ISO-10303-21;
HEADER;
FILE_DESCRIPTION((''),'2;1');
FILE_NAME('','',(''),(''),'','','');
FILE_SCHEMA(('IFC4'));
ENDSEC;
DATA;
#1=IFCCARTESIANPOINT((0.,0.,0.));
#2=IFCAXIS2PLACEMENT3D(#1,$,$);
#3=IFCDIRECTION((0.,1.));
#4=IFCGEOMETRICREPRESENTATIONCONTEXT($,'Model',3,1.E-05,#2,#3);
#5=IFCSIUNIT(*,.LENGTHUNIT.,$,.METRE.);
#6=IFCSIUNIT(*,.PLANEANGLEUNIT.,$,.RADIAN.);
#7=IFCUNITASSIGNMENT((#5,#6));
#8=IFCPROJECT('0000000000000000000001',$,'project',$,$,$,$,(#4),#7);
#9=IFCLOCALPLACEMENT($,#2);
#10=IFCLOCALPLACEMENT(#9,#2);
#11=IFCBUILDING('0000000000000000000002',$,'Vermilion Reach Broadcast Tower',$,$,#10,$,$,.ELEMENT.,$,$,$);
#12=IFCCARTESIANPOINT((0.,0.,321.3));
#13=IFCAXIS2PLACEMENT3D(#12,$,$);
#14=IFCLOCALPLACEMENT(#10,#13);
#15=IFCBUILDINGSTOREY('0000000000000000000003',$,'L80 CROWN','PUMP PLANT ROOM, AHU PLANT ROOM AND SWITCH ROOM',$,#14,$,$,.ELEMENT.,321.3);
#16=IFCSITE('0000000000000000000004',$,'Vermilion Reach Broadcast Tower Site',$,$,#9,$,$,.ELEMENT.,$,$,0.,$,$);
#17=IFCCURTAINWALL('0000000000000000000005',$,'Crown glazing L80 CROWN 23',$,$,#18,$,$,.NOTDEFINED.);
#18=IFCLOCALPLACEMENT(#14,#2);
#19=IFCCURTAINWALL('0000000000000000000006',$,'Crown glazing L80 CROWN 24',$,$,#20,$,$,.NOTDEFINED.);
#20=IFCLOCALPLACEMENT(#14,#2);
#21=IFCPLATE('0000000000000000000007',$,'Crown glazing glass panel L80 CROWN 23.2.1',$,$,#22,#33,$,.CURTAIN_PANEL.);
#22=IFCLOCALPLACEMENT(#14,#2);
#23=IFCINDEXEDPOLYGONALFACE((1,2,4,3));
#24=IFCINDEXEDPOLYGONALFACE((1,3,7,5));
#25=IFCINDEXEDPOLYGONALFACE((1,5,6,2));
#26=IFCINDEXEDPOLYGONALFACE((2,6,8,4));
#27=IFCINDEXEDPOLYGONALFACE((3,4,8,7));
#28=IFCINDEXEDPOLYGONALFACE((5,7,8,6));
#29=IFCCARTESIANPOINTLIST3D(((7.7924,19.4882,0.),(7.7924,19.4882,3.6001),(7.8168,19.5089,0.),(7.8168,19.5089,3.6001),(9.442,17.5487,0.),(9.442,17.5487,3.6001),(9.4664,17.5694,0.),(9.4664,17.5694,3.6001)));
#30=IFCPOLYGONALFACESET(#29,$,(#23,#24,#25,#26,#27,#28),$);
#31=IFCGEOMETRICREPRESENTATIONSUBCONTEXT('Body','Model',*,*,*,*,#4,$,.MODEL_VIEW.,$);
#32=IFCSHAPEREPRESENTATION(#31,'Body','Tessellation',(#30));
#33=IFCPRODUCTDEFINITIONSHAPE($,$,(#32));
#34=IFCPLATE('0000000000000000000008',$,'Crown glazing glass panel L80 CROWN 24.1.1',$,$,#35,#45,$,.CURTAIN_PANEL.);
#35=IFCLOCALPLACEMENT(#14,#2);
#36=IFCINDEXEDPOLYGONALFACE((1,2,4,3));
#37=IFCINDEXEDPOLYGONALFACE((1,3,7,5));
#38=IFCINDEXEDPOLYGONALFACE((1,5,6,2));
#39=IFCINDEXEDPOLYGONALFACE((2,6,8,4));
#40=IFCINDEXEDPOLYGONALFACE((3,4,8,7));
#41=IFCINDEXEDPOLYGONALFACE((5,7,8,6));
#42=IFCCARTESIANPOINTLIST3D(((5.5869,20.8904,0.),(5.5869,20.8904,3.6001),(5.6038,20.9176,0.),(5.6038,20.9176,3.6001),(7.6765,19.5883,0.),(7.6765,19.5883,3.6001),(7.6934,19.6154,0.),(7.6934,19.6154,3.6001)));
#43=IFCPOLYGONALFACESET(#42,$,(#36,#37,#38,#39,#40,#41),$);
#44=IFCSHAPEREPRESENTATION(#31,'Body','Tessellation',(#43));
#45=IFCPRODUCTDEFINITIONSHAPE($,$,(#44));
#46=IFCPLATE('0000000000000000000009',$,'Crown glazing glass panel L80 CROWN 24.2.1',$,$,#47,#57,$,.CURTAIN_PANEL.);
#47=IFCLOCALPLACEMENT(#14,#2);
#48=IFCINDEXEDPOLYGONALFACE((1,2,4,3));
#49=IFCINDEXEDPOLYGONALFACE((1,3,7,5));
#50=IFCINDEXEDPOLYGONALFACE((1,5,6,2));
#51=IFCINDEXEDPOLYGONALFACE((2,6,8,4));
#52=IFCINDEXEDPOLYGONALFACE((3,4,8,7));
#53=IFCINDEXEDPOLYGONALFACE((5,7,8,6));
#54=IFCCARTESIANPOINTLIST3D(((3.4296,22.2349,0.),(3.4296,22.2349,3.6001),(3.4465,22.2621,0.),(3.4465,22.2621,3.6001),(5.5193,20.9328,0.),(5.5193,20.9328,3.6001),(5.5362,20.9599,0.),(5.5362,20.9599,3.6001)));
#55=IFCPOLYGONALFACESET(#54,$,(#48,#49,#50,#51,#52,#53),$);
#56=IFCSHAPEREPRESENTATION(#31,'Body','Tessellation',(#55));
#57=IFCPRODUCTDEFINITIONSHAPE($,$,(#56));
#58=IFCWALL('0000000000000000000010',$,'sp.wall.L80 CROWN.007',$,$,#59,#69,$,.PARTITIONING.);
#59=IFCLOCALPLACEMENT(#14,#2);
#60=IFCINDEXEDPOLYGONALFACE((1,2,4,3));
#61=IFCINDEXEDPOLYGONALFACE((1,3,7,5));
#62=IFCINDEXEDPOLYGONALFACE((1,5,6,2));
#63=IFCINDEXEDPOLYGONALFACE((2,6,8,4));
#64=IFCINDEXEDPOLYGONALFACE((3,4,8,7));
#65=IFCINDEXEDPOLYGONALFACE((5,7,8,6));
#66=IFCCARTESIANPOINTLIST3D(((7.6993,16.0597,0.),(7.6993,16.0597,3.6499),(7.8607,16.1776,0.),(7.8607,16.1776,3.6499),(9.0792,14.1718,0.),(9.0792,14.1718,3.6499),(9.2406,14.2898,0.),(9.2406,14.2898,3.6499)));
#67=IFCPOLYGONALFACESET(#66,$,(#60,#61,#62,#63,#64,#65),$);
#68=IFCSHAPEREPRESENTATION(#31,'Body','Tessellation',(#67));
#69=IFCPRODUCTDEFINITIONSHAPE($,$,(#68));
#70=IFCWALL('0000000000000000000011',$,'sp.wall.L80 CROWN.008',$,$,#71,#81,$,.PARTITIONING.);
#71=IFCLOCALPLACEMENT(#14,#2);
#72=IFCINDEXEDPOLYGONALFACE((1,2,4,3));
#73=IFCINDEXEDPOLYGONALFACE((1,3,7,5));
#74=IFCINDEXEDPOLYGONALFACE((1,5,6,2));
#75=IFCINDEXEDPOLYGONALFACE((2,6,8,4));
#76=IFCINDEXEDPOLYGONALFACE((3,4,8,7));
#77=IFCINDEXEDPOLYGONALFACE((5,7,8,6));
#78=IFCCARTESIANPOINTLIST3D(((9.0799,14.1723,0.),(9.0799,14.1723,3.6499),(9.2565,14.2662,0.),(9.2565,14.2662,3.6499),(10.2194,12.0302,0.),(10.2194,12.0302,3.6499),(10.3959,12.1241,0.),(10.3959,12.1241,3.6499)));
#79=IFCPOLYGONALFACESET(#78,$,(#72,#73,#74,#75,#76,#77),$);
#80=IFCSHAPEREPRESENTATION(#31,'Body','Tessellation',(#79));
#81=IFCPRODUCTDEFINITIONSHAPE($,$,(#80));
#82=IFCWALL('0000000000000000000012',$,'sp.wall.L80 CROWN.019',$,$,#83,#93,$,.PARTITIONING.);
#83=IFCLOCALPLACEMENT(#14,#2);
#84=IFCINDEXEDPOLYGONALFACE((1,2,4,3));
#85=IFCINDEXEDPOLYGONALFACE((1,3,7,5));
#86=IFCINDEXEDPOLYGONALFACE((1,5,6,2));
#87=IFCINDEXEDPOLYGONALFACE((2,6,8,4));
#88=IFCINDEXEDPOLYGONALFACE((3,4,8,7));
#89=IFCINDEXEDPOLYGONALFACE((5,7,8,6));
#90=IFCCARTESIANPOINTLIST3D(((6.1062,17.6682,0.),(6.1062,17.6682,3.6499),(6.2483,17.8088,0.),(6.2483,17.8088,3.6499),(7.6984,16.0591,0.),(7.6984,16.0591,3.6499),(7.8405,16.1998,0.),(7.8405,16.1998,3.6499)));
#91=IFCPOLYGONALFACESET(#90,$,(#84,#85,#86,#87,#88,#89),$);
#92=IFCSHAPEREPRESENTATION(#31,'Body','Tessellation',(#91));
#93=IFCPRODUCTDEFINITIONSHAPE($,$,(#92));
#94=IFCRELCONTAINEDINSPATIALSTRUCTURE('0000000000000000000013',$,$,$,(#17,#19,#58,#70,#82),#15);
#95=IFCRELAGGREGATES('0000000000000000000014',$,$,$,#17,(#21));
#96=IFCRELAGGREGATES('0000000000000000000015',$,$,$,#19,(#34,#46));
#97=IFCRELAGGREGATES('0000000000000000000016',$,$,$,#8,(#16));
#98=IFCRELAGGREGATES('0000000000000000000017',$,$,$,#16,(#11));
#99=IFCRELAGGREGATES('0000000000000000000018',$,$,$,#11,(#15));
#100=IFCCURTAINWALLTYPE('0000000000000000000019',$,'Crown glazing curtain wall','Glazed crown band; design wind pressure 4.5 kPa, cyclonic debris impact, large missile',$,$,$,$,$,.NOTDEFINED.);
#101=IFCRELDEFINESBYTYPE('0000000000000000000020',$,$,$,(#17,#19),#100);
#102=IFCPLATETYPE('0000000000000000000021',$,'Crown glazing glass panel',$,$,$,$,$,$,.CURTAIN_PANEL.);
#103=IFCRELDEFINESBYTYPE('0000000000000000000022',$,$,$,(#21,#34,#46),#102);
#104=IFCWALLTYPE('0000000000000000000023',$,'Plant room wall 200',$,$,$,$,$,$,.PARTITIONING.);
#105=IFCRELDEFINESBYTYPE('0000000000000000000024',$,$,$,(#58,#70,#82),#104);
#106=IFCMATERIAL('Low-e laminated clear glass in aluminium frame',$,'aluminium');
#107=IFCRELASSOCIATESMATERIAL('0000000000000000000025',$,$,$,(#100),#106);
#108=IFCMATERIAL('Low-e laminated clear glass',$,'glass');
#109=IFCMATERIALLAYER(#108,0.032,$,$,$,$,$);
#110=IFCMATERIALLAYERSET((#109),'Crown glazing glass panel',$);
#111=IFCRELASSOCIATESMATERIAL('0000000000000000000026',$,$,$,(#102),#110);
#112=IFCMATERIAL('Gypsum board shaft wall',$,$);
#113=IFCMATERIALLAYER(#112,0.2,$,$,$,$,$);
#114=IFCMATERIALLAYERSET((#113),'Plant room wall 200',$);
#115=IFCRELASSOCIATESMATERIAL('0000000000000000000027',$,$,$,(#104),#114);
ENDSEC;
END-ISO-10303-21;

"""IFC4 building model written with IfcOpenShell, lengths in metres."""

from ifc_helpers import new_model, si_unit, direction, frame, frame_2d, origin, origin_2d, place, context, subcontext, project, spatial, rectangle, extrude, material, layer, layer_set, type_object, element, aggregate, save


model = new_model("IFC4")

# Units and contexts
model_context = context("Model", 3, precision=1e-05, world=origin(), true_north=direction((0.0, 1.0)))
body_context = subcontext(model_context, "Body", "Model", "MODEL_VIEW")
ifc_project = project(units=[si_unit("LENGTHUNIT", "METRE"), si_unit("PLANEANGLEUNIT", "RADIAN")], contexts=[model_context])

# Site, building, storey
site_placement = place(None, origin())
site = spatial("IfcSite", under=ifc_project, at=site_placement, Name="Vermilion Reach Broadcast Tower Site", CompositionType="ELEMENT", RefElevation=0.0)
building_placement = place(site_placement, origin())
building = spatial("IfcBuilding", under=site, at=building_placement, Name="Vermilion Reach Broadcast Tower", CompositionType="ELEMENT")
storey_placement = place(building_placement, frame((0.0, 0.0, 321.3)))
storey = spatial("IfcBuildingStorey", under=building, at=storey_placement, Name="L80 CROWN", Description="PUMP PLANT ROOM, AHU PLANT ROOM AND SWITCH ROOM", CompositionType="ELEMENT", Elevation=321.3)

# Curtain walls
ifc_material_1 = material(Name="Low-e laminated clear glass in aluminium frame", Category="aluminium")
curtain_wall_type = type_object("IfcCurtainWallType", Name="Crown glazing curtain wall", Description="Glazed crown band; design wind pressure 4.5 kPa, cyclonic debris impact, large missile", PredefinedType="NOTDEFINED", material=ifc_material_1)
placement = place(storey_placement, origin())
curtain_wall_1 = element("IfcCurtainWall", 1, at=placement, inside=storey, type_object=curtain_wall_type, Name="Crown glazing L80 CROWN 23", PredefinedType="NOTDEFINED")
curtain_wall_2 = element("IfcCurtainWall", 2, at=placement, inside=storey, type_object=curtain_wall_type, Name="Crown glazing L80 CROWN 24", PredefinedType="NOTDEFINED")

# Plates
ifc_material_2 = material(Name="Low-e laminated clear glass", Category="glass")
ifc_layer_1 = layer(ifc_material_2, 0.032)
ifc_layer_set_1 = layer_set([ifc_layer_1], Name="Crown glazing glass panel")
plate_type = type_object("IfcPlateType", Name="Crown glazing glass panel", PredefinedType="CURTAIN_PANEL", material=ifc_layer_set_1)
plate_1_placement = place(storey_placement, frame((8.6294, 18.5288, 0.0), z_axis=(0.0, 0.0, 1.0), x_axis=(-0.647871, 0.76175, 0.0)))
plate_1 = element("IfcPlate", 3, at=plate_1_placement, type_object=plate_type, Name="Crown glazing glass panel L80 CROWN 23.2.1", PredefinedType="CURTAIN_PANEL", context=body_context, shape_type="SweptSolid", body=[
    extrude(rectangle(XDim=2.5461, YDim=0.032, at=origin_2d()), origin(), (0.0, 0.0, 1.0), 3.6001),
])
aggregate(curtain_wall_1, [plate_1])
plate_2_placement = place(storey_placement, frame((6.6401, 20.2529, 0.0), z_axis=(0.0, 0.0, 1.0), x_axis=(-0.848708, 0.528861, 0.0)))
plate_2 = element("IfcPlate", 4, at=plate_2_placement, type_object=plate_type, Name="Crown glazing glass panel L80 CROWN 24.1.1", PredefinedType="CURTAIN_PANEL", context=body_context, shape_type="SweptSolid", body=[
    extrude(rectangle(XDim=2.4622, YDim=0.032, at=origin_2d()), origin(), (0.0, 0.0, 1.0), 3.6001),
])
plate_3_placement = place(storey_placement, frame((4.4829, 21.5974, 0.0), z_axis=(0.0, 0.0, 1.0), x_axis=(-0.848708, 0.528861, 0.0)))
plate_3 = element("IfcPlate", 5, at=plate_3_placement, type_object=plate_type, Name="Crown glazing glass panel L80 CROWN 24.2.1", PredefinedType="CURTAIN_PANEL", context=body_context, shape_type="SweptSolid", body=[
    extrude(rectangle(XDim=2.4622, YDim=0.032, at=origin_2d()), origin(), (0.0, 0.0, 1.0), 3.6001),
])
aggregate(curtain_wall_2, [plate_2, plate_3])

# Walls
ifc_material_3 = material(Name="Gypsum board shaft wall")
ifc_layer_2 = layer(ifc_material_3, 0.2)
ifc_layer_set_2 = layer_set([ifc_layer_2], Name="Plant room wall 200")
wall_type = type_object("IfcWallType", Name="Plant room wall 200", PredefinedType="PARTITIONING", material=ifc_layer_set_2)
wall_1_placement = place(storey_placement, frame((7.78, 16.1187, 0.0), z_axis=(0.0, 0.0, 1.0), x_axis=(0.590082, -0.807343, 0.0)))
element("IfcWall", 6, at=wall_1_placement, inside=storey, type_object=wall_type, Name="sp.wall.L80 CROWN.007", PredefinedType="PARTITIONING", context=body_context, shape_type="SweptSolid", body=[
    extrude(rectangle(XDim=2.3384, YDim=0.2, at=frame_2d((1.1692, 0.0))), origin(), (0.0, 0.0, 1.0), 3.6499),
])
wall_2_placement = place(storey_placement, frame((9.1682, 14.2192, 0.0), z_axis=(0.0, 0.0, 1.0), x_axis=(0.469611, -0.882873, 0.0)))
element("IfcWall", 7, at=wall_2_placement, inside=storey, type_object=wall_type, Name="sp.wall.L80 CROWN.008", PredefinedType="PARTITIONING", context=body_context, shape_type="SweptSolid", body=[
    extrude(rectangle(XDim=2.4263, YDim=0.2, at=frame_2d((1.2131, 0.0))), origin(), (0.0, 0.0, 1.0), 3.6499),
])
wall_3_placement = place(storey_placement, frame((6.1772, 17.7385, 0.0), z_axis=(0.0, 0.0, 1.0), x_axis=(0.703376, -0.710818, 0.0)))
element("IfcWall", 8, at=wall_3_placement, inside=storey, type_object=wall_type, Name="sp.wall.L80 CROWN.019", PredefinedType="PARTITIONING", context=body_context, shape_type="SweptSolid", body=[
    extrude(rectangle(XDim=2.2637, YDim=0.2, at=frame_2d((1.1318, 0.0))), origin(), (0.0, 0.0, 1.0), 3.6499),
])

save(model, "model.ifc")
